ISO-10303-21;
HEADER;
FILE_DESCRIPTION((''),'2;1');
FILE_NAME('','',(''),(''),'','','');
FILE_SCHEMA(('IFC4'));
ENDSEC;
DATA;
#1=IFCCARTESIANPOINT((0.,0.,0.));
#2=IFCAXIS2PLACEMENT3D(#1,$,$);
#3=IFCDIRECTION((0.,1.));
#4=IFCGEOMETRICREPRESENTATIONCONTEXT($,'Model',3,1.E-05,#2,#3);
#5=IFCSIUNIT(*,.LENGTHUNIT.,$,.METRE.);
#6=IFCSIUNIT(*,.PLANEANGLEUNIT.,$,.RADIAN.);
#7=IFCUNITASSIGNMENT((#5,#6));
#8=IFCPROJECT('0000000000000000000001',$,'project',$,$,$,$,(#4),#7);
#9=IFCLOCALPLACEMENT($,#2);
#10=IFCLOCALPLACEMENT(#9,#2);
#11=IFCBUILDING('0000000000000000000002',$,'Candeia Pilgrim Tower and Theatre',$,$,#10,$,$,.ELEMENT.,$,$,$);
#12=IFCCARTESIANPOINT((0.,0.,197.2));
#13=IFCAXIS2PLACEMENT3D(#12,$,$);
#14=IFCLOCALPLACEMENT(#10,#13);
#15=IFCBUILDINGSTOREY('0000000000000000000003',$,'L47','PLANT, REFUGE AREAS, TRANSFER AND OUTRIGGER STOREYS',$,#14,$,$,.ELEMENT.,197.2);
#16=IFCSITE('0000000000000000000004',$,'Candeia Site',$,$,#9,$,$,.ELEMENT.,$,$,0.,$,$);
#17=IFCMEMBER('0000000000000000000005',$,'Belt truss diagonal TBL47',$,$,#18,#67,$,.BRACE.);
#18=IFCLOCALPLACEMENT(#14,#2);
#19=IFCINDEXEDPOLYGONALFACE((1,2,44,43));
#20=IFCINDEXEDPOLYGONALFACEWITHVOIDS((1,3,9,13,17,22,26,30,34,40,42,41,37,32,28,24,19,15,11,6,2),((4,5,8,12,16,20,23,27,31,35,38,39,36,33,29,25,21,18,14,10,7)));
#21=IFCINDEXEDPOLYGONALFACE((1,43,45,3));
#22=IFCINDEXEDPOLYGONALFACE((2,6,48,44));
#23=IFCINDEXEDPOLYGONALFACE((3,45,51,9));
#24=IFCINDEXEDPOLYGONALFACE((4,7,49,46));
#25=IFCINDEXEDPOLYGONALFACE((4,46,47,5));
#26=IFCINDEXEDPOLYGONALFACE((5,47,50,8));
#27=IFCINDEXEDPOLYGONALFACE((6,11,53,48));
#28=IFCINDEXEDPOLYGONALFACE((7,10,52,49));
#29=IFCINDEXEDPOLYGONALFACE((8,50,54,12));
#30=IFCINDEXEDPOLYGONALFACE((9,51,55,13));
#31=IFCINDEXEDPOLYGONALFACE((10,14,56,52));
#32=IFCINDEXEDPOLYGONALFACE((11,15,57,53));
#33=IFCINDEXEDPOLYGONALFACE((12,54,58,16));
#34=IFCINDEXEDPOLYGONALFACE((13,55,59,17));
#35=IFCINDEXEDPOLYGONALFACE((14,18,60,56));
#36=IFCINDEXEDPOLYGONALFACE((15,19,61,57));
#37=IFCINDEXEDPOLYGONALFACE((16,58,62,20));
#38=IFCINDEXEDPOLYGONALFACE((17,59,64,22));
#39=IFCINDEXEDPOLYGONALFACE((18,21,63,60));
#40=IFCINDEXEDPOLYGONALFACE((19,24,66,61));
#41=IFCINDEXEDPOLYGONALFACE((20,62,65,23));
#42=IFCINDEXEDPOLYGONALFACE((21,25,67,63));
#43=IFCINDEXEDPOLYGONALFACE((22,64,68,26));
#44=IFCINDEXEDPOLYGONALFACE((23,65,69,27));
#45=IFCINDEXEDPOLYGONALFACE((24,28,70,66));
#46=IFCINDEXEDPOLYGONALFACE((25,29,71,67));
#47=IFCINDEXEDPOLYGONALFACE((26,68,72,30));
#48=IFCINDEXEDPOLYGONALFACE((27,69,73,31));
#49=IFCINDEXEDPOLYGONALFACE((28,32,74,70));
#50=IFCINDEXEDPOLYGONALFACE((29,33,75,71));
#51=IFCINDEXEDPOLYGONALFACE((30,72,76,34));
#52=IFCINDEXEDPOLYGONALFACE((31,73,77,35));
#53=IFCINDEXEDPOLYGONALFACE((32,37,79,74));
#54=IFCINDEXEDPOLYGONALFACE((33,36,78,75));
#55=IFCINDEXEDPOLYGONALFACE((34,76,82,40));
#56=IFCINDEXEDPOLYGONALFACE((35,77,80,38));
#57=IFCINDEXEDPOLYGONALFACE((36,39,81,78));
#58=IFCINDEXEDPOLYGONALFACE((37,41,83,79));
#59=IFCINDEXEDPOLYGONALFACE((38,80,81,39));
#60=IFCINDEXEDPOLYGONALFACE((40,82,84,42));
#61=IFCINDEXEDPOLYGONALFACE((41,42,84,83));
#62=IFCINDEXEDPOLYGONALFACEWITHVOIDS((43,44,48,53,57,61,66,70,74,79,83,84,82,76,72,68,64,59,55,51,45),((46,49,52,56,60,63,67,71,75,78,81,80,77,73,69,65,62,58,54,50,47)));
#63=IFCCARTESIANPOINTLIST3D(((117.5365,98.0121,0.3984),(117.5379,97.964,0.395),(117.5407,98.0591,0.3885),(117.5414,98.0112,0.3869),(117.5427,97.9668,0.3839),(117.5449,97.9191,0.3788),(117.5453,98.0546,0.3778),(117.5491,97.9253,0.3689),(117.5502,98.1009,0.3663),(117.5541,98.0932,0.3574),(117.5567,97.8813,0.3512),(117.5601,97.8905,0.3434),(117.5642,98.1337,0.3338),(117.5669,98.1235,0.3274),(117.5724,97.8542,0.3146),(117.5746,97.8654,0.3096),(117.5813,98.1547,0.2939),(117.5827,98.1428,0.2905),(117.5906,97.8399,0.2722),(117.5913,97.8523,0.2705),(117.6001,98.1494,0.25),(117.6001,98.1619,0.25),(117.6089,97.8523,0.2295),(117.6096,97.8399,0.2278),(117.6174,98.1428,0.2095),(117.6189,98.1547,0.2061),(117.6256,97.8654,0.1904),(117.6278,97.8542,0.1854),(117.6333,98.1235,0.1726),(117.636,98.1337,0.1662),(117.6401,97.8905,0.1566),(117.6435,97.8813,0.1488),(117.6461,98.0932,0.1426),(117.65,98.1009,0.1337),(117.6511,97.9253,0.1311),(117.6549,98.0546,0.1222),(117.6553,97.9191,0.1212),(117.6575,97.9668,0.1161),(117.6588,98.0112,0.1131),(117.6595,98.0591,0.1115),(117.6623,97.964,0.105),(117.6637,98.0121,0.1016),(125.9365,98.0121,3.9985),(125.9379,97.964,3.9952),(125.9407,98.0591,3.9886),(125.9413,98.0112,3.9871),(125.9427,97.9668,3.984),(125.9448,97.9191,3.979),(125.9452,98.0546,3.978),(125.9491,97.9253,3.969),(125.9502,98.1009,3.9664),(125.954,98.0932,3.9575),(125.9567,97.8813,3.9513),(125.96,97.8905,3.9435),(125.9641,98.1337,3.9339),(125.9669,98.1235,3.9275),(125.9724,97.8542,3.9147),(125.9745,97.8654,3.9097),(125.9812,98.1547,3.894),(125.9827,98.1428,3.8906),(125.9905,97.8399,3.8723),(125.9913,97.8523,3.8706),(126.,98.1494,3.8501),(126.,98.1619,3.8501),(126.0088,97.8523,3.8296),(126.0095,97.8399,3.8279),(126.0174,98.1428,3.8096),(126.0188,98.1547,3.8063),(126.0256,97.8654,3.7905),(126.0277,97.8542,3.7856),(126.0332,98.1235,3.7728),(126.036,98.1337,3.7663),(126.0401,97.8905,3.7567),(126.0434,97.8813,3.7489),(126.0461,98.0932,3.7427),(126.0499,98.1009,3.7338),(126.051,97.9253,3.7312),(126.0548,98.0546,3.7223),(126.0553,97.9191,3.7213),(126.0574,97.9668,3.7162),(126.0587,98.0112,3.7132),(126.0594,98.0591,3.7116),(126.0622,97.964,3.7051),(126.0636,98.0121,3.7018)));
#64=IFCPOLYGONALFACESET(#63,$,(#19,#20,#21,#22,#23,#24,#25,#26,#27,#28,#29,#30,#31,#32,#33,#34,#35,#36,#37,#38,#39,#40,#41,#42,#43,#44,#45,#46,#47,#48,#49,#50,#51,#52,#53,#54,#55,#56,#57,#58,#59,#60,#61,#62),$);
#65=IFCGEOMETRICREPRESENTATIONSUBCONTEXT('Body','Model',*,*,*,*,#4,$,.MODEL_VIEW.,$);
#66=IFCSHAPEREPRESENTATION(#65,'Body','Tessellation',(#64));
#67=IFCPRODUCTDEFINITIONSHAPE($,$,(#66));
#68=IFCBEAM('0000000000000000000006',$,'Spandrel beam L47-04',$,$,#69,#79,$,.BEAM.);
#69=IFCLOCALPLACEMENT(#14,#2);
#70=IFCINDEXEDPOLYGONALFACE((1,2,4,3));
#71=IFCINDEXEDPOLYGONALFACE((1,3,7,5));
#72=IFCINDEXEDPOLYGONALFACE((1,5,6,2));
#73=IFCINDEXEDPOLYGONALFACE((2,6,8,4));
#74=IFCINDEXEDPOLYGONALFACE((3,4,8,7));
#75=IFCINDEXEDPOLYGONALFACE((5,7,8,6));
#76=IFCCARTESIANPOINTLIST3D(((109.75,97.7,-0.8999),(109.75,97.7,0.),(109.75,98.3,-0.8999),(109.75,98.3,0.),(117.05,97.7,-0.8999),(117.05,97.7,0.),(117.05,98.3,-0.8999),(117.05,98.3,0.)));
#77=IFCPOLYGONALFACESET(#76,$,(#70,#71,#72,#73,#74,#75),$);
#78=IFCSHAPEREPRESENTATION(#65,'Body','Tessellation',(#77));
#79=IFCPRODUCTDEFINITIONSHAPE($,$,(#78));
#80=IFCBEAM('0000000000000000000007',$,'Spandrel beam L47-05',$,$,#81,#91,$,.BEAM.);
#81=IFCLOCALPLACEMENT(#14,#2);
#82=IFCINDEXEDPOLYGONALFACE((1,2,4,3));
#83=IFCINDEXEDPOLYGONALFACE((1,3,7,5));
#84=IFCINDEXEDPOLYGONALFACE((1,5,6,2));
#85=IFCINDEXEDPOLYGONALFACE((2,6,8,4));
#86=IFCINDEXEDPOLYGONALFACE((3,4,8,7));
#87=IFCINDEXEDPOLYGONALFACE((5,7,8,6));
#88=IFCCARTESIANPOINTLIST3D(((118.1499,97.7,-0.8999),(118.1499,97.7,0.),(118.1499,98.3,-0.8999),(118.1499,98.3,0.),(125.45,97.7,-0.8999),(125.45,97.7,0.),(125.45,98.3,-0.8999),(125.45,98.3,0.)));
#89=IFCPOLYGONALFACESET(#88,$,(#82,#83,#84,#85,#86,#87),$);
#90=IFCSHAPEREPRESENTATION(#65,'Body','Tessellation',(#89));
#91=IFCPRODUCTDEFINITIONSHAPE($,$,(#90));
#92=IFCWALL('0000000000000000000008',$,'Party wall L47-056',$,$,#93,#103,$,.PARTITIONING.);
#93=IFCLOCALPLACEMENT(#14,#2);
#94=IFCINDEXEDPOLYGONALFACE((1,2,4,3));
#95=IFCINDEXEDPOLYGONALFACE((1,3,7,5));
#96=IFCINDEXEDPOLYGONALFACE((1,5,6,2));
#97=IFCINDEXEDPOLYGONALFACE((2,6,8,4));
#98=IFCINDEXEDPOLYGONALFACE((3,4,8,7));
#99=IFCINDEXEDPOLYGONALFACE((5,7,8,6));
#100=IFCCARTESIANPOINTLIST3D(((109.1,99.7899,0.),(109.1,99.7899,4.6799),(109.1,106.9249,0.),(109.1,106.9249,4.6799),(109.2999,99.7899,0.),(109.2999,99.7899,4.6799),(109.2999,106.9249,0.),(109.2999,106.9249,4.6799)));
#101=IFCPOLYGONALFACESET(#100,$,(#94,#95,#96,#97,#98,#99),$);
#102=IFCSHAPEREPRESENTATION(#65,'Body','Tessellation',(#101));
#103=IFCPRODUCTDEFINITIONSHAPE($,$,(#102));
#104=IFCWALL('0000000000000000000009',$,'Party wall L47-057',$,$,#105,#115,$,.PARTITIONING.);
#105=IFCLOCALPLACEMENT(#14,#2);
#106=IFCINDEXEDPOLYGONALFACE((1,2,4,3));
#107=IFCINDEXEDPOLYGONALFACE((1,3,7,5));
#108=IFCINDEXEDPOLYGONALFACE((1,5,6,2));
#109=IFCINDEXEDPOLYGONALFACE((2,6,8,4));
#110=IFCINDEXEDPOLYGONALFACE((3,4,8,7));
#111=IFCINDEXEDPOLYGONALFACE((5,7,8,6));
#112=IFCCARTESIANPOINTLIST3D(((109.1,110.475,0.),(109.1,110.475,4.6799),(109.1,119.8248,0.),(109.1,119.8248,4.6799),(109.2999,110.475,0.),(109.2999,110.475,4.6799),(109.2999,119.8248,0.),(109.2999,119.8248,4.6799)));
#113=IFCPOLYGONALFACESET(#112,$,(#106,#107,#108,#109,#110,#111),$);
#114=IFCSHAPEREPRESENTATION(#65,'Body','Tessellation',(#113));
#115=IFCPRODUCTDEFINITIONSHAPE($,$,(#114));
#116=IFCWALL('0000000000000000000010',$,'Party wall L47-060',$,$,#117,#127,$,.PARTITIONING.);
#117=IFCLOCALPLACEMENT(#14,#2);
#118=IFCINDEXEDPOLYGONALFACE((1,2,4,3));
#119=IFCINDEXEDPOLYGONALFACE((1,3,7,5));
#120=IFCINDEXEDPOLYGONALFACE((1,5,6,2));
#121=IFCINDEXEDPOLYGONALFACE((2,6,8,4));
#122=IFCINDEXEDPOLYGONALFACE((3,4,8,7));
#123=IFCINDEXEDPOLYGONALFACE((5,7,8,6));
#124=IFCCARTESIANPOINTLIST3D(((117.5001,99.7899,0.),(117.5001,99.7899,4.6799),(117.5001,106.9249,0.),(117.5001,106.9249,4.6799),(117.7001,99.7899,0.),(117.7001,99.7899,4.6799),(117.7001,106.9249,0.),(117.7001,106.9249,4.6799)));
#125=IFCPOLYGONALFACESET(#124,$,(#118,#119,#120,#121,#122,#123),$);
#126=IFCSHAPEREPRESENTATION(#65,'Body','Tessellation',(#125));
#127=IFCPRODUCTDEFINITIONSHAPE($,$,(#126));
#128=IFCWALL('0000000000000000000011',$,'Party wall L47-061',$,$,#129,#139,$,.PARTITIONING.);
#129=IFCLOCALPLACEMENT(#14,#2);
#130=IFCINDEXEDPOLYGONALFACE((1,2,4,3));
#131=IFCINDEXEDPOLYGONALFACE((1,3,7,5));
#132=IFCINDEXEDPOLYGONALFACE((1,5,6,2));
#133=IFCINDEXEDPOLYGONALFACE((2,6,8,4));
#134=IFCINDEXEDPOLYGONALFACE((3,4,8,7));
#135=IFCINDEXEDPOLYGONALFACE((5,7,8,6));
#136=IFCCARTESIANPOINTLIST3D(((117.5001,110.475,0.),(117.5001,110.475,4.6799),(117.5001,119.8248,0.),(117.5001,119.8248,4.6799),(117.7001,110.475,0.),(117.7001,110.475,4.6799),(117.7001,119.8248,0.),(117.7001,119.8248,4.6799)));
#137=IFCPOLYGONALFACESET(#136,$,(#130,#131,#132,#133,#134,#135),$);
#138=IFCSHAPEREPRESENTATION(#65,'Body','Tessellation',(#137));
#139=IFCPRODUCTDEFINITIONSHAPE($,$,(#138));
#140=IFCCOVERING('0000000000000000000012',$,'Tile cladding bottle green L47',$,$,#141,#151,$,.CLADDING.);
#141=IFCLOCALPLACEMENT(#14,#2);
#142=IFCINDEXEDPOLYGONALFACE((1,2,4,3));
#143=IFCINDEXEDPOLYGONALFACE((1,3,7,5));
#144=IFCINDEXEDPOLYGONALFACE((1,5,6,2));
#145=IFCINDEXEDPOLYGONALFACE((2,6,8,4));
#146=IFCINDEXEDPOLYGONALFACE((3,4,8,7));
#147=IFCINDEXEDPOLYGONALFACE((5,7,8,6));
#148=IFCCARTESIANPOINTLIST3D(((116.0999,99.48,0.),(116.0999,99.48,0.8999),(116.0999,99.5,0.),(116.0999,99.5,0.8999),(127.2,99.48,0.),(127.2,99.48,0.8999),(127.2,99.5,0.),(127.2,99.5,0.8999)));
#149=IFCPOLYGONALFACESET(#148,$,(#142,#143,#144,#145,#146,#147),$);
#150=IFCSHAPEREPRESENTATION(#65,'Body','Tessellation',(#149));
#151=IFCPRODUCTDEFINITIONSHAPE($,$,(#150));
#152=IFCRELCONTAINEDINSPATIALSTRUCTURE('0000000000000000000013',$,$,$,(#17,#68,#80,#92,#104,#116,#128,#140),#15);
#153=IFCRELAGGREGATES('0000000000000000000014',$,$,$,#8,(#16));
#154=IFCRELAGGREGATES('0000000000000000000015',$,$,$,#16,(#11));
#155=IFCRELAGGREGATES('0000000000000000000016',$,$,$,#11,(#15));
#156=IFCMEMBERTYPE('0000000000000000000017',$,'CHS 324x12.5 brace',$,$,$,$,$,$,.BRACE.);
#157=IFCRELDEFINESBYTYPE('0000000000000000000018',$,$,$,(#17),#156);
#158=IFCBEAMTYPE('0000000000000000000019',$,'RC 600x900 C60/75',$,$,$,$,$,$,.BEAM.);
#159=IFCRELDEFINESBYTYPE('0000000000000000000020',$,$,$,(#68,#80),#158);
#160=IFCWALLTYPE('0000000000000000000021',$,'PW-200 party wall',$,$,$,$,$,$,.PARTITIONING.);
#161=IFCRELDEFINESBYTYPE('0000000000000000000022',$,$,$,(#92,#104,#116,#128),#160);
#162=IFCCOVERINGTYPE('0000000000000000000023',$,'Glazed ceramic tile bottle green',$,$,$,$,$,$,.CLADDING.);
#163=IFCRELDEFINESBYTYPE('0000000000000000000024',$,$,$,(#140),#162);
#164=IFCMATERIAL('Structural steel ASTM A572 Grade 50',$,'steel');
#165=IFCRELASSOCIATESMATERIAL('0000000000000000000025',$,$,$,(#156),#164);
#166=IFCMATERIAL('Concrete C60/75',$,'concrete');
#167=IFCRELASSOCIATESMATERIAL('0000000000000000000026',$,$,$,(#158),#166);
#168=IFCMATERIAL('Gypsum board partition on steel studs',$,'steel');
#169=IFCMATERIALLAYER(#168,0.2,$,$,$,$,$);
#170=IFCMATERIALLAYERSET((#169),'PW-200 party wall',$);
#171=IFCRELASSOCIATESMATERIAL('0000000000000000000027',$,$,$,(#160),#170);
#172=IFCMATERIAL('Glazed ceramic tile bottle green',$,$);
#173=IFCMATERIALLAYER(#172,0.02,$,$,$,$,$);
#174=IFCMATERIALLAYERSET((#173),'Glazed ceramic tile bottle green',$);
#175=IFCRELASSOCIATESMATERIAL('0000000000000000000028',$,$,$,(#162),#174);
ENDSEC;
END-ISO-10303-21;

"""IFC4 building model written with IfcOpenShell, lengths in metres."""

from ifc_helpers import new_model, si_unit, direction, frame, frame_2d, origin, origin_2d, place, context, subcontext, project, spatial, rectangle, hollow_circle, extrude, material, layer, layer_set, material_profile, profile_set, type_object, element, save


model = new_model("IFC4")

# Units and contexts
model_context = context("Model", 3, precision=1e-05, world=origin(), true_north=direction((0.0, 1.0)))
body_context = subcontext(model_context, "Body", "Model", "MODEL_VIEW")
ifc_project = project(units=[si_unit("LENGTHUNIT", "METRE"), si_unit("PLANEANGLEUNIT", "RADIAN")], contexts=[model_context])

# Site, building, storey
site_placement = place(None, origin())
site = spatial("IfcSite", under=ifc_project, at=site_placement, Name="Candeia Site", CompositionType="ELEMENT", RefElevation=0.0)
building_placement = place(site_placement, origin())
building = spatial("IfcBuilding", under=site, at=building_placement, Name="Candeia Pilgrim Tower and Theatre", CompositionType="ELEMENT")
storey_placement = place(building_placement, frame((0.0, 0.0, 197.2)))
storey = spatial("IfcBuildingStorey", under=building, at=storey_placement, Name="L47", Description="PLANT, REFUGE AREAS, TRANSFER AND OUTRIGGER STOREYS", CompositionType="ELEMENT", Elevation=197.2)

# Shared definitions
ifc_material_1 = material(Name="Concrete C60/75", Category="concrete")

# Member
ifc_material_2 = material(Name="Structural steel ASTM A572 Grade 50", Category="steel")
ifc_material_profile_1 = material_profile(ifc_material_2, hollow_circle(Radius=0.1619, WallThickness=0.0125, at=origin_2d()))
ifc_profile_set_1 = profile_set([ifc_material_profile_1], Name="Structural steel ASTM A572 Grade 50")
member_type_1 = type_object("IfcMemberType", Name="CHS 324x12.5 brace", PredefinedType="BRACE", material=ifc_profile_set_1)
member_1_placement = place(storey_placement, frame((117.6001, 98.0, 0.25), z_axis=(0.91914, 0.0, 0.393932), x_axis=(0.0, 1.0, 0.0)))
element("IfcMember", 1, at=member_1_placement, inside=storey, type_object=member_type_1, Name="Belt truss diagonal TBL47", PredefinedType="BRACE", context=body_context, shape_type="SweptSolid", body=[
    extrude(hollow_circle(Radius=0.1619, WallThickness=0.0125, at=origin_2d()), origin(), (0.0, 0.0, 1.0), 9.1389),
])

# Beams
ifc_material_profile_2 = material_profile(ifc_material_1, rectangle(XDim=0.6001, YDim=0.8999, at=origin_2d()))
ifc_profile_set_2 = profile_set([ifc_material_profile_2], Name="Concrete C60/75")
beam_type = type_object("IfcBeamType", Name="RC 600x900 C60/75", PredefinedType="BEAM", material=ifc_profile_set_2)
for number, where, z_axis, x_axis, name in (
    (2, (109.75, 98.0, -0.45), (1.0, 0.0, 0.0), (0.0, 1.0, 0.0), "Spandrel beam L47-04"),
    (3, (118.1499, 98.0, -0.45), (1.0, 0.0, 0.0), (0.0, 1.0, 0.0), "Spandrel beam L47-05"),
):
    element("IfcBeam", number, at=place(storey_placement, frame(where, z_axis=z_axis, x_axis=x_axis)), inside=storey, type_object=beam_type, Name=name, PredefinedType="BEAM", context=body_context, shape_type="SweptSolid", body=[
        extrude(rectangle(XDim=0.6001, YDim=0.8999, at=origin_2d()), origin(), (0.0, 0.0, 1.0), 7.3),
    ])

# Walls
ifc_material_3 = material(Name="Gypsum board partition on steel studs", Category="steel")
ifc_layer_1 = layer(ifc_material_3, 0.2)
ifc_layer_set_1 = layer_set([ifc_layer_1], Name="PW-200 party wall")
wall_type = type_object("IfcWallType", Name="PW-200 party wall", PredefinedType="PARTITIONING", material=ifc_layer_set_1)
wall_1_placement = place(storey_placement, frame((109.2, 99.79, 0.0), z_axis=(0.0, 0.0, 1.0), x_axis=(0.0, 1.0, 0.0)))
element("IfcWall", 4, at=wall_1_placement, inside=storey, type_object=wall_type, Name="Party wall L47-056", PredefinedType="PARTITIONING", context=body_context, shape_type="SweptSolid", body=[
    extrude(rectangle(XDim=7.135, YDim=0.2, at=frame_2d((3.5674, 0.0))), origin(), (0.0, 0.0, 1.0), 4.6799),
])
wall_2_placement = place(storey_placement, frame((109.2, 110.4751, 0.0), z_axis=(0.0, 0.0, 1.0), x_axis=(0.0, 1.0, 0.0)))
element("IfcWall", 5, at=wall_2_placement, inside=storey, type_object=wall_type, Name="Party wall L47-057", PredefinedType="PARTITIONING", context=body_context, shape_type="SweptSolid", body=[
    extrude(rectangle(XDim=9.3499, YDim=0.2, at=frame_2d((4.6748, 0.0))), origin(), (0.0, 0.0, 1.0), 4.6799),
])
wall_3_placement = place(storey_placement, frame((117.6001, 99.79, 0.0), z_axis=(0.0, 0.0, 1.0), x_axis=(0.0, 1.0, 0.0)))
element("IfcWall", 6, at=wall_3_placement, inside=storey, type_object=wall_type, Name="Party wall L47-060", PredefinedType="PARTITIONING", context=body_context, shape_type="SweptSolid", body=[
    extrude(rectangle(XDim=7.135, YDim=0.2, at=frame_2d((3.5674, 0.0))), origin(), (0.0, 0.0, 1.0), 4.6799),
])
wall_4_placement = place(storey_placement, frame((117.6001, 110.4751, 0.0), z_axis=(0.0, 0.0, 1.0), x_axis=(0.0, 1.0, 0.0)))
element("IfcWall", 7, at=wall_4_placement, inside=storey, type_object=wall_type, Name="Party wall L47-061", PredefinedType="PARTITIONING", context=body_context, shape_type="SweptSolid", body=[
    extrude(rectangle(XDim=9.3499, YDim=0.2, at=frame_2d((4.6748, 0.0))), origin(), (0.0, 0.0, 1.0), 4.6799),
])

# Covering
ifc_material_4 = material(Name="Glazed ceramic tile bottle green")
ifc_layer_2 = layer(ifc_material_4, 0.02)
ifc_layer_set_2 = layer_set([ifc_layer_2], Name="Glazed ceramic tile bottle green")
covering_type = type_object("IfcCoveringType", Name="Glazed ceramic tile bottle green", PredefinedType="CLADDING", material=ifc_layer_set_2)
covering_placement = place(storey_placement, frame((121.6499, 99.49, 0.0), z_axis=(0.0, 0.0, 1.0), x_axis=(1.0, 0.0, 0.0)))
element("IfcCovering", 8, at=covering_placement, inside=storey, type_object=covering_type, Name="Tile cladding bottle green L47", PredefinedType="CLADDING", context=body_context, shape_type="SweptSolid", body=[
    extrude(rectangle(XDim=11.1001, YDim=0.02, at=origin_2d()), origin(), (0.0, 0.0, 1.0), 0.8999),
])

save(model, "model.ifc")
